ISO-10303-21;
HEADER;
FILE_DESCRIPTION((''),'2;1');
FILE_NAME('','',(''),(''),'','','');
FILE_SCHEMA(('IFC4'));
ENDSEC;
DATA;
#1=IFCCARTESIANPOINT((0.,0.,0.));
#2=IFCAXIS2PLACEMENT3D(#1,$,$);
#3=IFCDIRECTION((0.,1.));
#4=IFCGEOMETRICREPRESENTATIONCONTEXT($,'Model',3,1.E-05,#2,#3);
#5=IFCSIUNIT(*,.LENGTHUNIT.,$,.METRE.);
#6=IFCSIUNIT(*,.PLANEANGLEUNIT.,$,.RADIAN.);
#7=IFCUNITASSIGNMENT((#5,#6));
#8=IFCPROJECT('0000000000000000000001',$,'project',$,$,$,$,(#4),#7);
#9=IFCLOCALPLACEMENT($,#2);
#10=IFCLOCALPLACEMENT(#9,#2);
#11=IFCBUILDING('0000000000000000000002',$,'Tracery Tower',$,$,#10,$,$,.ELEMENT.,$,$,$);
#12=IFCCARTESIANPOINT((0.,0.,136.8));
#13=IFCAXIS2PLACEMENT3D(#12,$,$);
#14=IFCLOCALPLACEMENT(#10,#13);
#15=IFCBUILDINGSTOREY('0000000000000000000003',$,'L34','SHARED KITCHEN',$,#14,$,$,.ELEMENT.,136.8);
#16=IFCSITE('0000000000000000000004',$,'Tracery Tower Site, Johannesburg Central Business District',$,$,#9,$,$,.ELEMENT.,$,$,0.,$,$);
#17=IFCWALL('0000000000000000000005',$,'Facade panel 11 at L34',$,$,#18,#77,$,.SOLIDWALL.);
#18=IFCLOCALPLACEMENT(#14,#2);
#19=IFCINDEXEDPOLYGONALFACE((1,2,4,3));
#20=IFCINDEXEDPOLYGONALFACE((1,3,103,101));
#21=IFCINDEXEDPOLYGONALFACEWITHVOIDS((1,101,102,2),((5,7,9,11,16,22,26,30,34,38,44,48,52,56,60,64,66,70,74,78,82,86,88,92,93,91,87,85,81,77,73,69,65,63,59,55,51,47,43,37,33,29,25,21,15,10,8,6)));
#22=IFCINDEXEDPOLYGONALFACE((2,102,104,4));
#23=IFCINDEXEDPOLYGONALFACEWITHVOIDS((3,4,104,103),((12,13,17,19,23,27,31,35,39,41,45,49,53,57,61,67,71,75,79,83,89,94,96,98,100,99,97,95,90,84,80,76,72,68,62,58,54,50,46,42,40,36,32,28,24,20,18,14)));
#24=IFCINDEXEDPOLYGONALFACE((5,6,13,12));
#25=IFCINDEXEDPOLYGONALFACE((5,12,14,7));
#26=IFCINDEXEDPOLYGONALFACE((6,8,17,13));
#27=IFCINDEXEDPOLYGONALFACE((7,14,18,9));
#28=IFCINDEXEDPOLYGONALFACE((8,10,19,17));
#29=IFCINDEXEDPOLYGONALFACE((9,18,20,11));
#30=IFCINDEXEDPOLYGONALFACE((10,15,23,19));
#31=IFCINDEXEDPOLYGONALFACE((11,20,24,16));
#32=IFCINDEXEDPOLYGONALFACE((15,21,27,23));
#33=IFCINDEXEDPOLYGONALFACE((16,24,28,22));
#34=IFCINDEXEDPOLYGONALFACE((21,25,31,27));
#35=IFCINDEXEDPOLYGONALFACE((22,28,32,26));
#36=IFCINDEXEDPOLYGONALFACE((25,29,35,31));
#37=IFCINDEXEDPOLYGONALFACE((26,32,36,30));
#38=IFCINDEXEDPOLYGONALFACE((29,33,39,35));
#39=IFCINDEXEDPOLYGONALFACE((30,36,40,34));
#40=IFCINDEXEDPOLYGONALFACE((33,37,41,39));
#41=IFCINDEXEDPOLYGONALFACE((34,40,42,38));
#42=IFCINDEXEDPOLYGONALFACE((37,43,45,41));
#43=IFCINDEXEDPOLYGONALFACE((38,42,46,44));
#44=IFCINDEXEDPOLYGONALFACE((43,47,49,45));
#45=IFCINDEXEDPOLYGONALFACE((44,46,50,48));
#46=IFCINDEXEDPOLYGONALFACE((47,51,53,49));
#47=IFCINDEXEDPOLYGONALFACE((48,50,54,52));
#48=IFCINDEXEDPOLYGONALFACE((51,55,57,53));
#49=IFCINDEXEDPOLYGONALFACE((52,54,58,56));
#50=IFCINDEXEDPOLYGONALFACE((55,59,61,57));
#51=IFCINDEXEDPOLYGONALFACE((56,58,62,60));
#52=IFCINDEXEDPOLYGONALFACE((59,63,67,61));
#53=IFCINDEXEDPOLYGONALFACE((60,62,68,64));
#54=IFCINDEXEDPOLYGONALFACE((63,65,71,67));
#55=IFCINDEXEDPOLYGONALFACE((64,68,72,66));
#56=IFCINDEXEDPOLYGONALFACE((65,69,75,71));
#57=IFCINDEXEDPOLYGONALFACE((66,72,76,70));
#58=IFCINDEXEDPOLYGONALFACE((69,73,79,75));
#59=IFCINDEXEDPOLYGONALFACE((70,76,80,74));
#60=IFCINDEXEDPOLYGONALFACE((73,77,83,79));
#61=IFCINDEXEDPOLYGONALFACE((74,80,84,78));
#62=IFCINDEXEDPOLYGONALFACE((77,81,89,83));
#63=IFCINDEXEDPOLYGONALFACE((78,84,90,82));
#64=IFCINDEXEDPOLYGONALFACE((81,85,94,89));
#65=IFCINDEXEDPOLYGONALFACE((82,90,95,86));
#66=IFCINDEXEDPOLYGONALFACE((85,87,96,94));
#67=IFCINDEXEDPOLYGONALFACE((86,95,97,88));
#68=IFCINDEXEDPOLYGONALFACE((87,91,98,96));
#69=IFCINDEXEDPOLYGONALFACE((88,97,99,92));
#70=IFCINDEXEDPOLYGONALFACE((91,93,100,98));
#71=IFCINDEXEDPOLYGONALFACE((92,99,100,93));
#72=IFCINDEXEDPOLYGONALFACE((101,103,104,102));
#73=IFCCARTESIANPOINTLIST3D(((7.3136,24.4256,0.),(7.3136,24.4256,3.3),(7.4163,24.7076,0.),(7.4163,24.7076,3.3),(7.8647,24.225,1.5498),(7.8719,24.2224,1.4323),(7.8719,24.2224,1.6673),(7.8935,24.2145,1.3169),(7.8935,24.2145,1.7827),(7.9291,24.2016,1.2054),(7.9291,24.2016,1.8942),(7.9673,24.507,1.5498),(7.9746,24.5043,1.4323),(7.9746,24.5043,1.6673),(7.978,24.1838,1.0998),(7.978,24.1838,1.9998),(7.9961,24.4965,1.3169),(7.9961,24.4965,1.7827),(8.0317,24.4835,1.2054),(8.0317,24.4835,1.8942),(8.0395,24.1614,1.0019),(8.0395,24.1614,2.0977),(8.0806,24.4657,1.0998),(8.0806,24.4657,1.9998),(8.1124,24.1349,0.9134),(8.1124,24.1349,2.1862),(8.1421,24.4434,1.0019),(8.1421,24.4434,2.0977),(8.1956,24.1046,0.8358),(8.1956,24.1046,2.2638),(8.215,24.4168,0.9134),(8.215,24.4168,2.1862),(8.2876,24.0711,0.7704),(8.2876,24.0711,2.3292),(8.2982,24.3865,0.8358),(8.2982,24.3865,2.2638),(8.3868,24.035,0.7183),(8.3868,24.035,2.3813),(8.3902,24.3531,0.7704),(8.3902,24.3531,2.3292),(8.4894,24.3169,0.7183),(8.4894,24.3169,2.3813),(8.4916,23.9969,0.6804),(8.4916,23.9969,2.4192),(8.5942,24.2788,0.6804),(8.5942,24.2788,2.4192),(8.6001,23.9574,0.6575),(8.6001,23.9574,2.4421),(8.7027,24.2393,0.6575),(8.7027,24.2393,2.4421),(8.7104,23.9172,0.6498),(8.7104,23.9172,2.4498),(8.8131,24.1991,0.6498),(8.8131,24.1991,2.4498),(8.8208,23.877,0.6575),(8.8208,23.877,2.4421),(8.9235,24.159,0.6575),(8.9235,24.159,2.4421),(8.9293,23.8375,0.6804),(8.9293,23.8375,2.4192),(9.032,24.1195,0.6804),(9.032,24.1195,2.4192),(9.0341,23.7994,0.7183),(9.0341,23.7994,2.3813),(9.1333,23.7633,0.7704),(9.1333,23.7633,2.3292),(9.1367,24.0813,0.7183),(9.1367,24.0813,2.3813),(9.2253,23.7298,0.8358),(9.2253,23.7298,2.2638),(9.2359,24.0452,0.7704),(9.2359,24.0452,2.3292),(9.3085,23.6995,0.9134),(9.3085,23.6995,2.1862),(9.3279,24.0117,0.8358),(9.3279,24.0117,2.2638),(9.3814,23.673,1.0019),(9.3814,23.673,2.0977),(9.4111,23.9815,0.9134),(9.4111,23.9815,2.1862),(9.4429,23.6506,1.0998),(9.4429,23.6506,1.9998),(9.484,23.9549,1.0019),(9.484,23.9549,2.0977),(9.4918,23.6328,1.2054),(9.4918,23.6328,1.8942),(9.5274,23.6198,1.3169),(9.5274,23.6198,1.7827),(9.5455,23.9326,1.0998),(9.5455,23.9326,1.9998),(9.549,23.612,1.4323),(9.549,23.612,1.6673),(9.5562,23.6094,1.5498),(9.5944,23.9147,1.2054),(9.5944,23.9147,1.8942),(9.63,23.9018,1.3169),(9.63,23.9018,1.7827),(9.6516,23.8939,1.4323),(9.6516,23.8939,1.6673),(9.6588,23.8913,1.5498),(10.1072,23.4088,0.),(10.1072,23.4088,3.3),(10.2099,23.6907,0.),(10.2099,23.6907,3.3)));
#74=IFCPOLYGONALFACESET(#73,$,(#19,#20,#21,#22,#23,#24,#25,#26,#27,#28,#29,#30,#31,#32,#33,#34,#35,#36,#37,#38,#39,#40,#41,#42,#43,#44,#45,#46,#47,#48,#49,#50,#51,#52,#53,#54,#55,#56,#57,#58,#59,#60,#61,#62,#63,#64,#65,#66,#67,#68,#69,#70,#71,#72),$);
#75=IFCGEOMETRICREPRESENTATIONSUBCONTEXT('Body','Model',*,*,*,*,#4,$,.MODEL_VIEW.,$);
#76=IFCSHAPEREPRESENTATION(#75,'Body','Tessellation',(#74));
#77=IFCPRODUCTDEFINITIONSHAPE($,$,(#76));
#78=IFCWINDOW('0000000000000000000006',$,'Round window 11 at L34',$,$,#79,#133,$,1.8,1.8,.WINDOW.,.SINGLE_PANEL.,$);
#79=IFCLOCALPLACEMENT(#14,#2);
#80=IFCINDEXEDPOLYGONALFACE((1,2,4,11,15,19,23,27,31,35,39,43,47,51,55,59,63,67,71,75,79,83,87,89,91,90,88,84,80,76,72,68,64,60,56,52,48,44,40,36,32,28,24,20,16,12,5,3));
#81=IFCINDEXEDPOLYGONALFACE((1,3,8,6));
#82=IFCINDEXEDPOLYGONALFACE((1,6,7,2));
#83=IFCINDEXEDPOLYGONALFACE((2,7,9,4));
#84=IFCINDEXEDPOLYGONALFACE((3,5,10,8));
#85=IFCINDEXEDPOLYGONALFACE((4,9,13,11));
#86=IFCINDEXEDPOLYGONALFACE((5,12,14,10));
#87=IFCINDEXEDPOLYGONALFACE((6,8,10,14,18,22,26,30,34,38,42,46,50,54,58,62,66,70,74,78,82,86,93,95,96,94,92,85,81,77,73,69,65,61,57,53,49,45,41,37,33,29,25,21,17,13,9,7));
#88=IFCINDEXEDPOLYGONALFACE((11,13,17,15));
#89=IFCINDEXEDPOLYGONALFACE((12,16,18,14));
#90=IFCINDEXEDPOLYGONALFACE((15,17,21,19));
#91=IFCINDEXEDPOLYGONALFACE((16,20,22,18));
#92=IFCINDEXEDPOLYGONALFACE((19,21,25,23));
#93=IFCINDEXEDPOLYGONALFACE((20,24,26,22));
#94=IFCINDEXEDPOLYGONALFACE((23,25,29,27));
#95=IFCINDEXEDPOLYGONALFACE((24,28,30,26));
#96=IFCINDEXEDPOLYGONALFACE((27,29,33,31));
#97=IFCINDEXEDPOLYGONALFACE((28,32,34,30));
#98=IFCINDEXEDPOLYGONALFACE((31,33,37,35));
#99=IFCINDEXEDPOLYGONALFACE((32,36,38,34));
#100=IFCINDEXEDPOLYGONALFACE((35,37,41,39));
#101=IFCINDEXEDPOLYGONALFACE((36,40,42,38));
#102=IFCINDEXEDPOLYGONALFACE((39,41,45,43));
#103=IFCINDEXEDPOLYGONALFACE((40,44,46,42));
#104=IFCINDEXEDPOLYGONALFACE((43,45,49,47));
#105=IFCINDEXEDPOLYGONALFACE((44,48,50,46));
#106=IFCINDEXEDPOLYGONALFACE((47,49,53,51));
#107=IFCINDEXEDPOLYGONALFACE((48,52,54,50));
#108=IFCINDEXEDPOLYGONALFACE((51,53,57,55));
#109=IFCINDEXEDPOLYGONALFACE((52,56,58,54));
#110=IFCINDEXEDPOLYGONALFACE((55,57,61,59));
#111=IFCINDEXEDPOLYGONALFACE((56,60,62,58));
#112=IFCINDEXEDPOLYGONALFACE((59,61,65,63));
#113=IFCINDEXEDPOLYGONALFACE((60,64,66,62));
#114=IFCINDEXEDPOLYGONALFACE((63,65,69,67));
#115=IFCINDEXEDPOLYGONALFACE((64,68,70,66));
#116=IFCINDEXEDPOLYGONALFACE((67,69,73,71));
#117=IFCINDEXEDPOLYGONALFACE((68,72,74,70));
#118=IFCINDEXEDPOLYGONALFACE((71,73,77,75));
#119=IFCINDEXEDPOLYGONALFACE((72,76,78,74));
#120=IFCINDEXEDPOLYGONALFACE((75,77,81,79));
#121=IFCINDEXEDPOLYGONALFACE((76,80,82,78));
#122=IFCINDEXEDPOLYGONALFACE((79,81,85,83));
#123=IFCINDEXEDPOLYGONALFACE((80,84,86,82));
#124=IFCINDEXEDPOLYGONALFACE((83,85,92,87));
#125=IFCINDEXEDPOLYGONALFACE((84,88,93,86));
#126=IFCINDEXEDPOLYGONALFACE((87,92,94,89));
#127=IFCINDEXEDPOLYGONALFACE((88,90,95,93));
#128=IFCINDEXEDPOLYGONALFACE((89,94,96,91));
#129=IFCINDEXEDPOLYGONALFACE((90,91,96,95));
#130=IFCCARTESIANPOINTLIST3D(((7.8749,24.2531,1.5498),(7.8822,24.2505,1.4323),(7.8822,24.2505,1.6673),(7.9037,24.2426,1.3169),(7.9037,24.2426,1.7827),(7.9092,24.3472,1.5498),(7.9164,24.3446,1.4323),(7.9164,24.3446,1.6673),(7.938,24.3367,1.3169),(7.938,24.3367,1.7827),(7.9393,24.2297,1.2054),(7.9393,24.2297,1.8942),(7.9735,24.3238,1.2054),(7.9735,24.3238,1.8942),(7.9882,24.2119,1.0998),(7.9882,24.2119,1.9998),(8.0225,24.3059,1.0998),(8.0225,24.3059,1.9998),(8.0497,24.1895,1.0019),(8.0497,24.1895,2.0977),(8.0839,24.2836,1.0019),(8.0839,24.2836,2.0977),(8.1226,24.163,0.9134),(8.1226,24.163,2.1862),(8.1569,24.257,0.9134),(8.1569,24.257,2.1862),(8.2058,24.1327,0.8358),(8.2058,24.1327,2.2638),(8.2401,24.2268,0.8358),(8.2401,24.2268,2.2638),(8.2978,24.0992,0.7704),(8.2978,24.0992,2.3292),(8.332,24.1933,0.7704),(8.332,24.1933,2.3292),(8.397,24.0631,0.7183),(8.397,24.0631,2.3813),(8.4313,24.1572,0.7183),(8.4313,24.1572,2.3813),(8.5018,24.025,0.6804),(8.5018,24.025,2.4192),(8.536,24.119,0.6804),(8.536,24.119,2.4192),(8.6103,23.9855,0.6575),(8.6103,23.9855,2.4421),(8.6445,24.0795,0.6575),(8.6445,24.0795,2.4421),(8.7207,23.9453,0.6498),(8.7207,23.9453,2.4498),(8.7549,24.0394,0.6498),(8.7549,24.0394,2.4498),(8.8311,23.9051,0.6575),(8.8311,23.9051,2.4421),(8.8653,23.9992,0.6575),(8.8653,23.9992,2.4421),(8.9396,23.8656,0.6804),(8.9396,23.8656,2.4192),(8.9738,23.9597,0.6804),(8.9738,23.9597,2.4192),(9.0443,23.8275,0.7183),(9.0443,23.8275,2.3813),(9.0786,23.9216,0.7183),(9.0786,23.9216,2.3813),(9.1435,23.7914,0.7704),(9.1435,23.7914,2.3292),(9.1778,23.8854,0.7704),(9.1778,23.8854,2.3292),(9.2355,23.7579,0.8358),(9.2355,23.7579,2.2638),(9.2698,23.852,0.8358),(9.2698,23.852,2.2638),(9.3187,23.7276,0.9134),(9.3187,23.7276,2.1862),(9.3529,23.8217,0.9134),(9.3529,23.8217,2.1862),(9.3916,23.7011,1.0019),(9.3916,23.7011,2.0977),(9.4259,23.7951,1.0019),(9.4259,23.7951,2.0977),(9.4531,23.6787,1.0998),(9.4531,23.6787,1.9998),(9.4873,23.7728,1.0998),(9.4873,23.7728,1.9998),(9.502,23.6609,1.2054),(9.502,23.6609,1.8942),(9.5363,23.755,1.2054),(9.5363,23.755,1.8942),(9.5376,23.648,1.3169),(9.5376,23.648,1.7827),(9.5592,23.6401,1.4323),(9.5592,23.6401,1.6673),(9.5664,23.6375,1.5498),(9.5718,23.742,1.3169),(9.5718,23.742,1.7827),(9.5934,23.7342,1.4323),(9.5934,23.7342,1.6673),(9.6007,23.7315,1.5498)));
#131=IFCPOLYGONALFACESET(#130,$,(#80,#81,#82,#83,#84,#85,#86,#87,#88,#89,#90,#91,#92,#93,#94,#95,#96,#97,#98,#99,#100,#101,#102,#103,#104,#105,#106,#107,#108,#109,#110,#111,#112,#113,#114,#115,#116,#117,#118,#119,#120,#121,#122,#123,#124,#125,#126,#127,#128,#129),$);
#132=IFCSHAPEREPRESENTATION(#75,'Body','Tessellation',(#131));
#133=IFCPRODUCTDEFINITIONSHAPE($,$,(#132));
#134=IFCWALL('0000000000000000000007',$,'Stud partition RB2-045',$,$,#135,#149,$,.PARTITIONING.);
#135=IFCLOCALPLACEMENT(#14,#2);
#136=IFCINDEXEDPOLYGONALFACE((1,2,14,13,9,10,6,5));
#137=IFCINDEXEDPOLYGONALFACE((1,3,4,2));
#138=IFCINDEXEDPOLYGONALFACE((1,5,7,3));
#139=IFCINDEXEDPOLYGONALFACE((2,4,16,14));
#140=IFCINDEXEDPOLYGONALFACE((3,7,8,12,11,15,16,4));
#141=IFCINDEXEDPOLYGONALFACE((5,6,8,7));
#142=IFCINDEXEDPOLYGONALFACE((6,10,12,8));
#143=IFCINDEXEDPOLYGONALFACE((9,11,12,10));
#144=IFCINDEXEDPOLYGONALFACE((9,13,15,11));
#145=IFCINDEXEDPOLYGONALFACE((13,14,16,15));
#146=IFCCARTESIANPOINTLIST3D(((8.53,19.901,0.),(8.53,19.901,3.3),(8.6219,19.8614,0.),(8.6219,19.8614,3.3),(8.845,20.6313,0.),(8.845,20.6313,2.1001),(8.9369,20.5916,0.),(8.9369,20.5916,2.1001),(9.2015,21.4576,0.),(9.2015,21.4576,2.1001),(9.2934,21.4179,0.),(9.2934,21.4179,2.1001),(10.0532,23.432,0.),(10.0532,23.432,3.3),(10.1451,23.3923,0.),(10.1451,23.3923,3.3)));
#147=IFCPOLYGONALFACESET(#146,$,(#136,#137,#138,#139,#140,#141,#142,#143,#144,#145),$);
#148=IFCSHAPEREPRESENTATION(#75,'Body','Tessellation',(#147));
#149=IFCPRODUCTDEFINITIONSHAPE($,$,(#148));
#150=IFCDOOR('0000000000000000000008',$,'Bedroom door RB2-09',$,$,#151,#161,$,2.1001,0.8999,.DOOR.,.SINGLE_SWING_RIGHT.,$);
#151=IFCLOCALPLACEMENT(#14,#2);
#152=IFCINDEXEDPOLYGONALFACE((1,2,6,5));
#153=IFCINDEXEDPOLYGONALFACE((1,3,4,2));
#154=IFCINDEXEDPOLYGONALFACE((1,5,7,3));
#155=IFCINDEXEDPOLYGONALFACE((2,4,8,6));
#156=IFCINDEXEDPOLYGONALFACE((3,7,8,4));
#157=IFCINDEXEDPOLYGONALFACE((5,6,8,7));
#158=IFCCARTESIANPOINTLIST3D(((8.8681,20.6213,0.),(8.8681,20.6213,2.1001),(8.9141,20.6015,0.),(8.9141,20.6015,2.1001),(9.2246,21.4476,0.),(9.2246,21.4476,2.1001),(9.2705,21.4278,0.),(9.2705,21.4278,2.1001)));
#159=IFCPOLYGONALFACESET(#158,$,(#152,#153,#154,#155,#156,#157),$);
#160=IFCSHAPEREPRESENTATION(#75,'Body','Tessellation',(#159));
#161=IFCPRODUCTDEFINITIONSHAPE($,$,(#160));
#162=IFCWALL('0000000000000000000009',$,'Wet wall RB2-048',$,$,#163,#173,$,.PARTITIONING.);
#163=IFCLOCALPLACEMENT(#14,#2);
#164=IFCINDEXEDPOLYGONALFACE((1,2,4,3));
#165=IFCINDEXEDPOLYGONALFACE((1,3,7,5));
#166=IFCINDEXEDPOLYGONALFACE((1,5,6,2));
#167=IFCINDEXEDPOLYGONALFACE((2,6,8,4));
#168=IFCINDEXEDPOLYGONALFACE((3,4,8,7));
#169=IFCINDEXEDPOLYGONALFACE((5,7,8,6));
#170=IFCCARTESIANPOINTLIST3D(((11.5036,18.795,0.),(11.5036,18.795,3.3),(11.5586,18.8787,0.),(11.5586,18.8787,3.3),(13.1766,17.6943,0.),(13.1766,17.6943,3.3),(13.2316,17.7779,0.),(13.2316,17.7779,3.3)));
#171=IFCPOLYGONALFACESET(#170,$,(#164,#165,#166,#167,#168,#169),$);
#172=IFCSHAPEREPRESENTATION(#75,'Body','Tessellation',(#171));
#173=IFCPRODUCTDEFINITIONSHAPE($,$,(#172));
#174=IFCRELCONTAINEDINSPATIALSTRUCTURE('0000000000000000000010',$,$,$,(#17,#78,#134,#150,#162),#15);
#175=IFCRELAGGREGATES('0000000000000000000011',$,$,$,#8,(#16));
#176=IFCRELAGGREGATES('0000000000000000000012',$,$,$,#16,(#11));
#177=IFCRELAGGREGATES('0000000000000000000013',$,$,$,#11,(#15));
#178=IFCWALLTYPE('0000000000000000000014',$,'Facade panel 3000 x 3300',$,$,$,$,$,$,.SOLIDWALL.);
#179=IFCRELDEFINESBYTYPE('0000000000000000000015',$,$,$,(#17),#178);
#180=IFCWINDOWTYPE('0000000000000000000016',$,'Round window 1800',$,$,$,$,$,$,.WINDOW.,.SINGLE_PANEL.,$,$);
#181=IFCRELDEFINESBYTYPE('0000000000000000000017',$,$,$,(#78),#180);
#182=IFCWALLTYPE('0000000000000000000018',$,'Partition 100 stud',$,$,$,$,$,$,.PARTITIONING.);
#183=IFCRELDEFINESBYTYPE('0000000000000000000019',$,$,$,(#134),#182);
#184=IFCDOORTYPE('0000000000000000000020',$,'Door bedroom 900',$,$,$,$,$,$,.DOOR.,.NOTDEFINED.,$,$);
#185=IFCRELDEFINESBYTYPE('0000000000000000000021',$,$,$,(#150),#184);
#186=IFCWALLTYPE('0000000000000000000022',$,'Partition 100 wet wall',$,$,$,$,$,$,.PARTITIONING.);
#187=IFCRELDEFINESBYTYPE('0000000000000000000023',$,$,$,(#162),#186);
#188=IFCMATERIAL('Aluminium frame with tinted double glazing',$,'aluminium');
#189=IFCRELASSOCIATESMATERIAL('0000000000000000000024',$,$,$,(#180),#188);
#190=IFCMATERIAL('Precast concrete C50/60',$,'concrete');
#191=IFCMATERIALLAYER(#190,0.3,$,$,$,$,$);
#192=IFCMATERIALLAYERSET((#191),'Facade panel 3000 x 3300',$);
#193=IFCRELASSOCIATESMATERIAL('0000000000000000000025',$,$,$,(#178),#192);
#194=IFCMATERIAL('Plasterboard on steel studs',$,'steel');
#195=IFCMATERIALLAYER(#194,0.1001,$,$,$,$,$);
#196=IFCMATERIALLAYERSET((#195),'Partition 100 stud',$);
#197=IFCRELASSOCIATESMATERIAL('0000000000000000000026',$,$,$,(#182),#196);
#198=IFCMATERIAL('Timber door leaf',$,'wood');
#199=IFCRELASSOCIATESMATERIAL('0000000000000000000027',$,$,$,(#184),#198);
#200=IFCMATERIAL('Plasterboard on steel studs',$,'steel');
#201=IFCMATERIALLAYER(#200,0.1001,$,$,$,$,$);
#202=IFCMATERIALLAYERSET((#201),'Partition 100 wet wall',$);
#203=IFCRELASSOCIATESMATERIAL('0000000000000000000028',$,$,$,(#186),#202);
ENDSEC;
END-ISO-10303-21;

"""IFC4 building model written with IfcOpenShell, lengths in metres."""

from ifc_helpers import new_model, si_unit, direction, frame, frame_2d, origin, origin_2d, place, context, subcontext, project, spatial, rectangle, circle, extrude, material, layer, layer_set, type_object, element, fill, save


model = new_model("IFC4")

# Units and contexts
model_context = context("Model", 3, precision=1e-05, world=origin(), true_north=direction((0.0, 1.0)))
body_context = subcontext(model_context, "Body", "Model", "MODEL_VIEW")
ifc_project = project(units=[si_unit("LENGTHUNIT", "METRE"), si_unit("PLANEANGLEUNIT", "RADIAN")], contexts=[model_context])

# Site, building, storey
site_placement = place(None, origin())
site = spatial("IfcSite", under=ifc_project, at=site_placement, Name="Tracery Tower Site, Johannesburg Central Business District", CompositionType="ELEMENT", RefElevation=0.0)
building_placement = place(site_placement, origin())
building = spatial("IfcBuilding", under=site, at=building_placement, Name="Tracery Tower", CompositionType="ELEMENT")
storey_placement = place(building_placement, frame((0.0, 0.0, 136.8)))
storey = spatial("IfcBuildingStorey", under=building, at=storey_placement, Name="L34", Description="SHARED KITCHEN", CompositionType="ELEMENT", Elevation=136.8)

# Wall, opening, window
ifc_material_1 = material(Name="Aluminium frame with tinted double glazing", Category="aluminium")
window_type = type_object("IfcWindowType", Name="Round window 1800", PartitioningType="SINGLE_PANEL", PredefinedType="WINDOW", material=ifc_material_1)
ifc_material_2 = material(Name="Precast concrete C50/60", Category="concrete")
ifc_layer_1 = layer(ifc_material_2, 0.3)
ifc_layer_set_1 = layer_set([ifc_layer_1], Name="Facade panel 3000 x 3300")
wall_type_1 = type_object("IfcWallType", Name="Facade panel 3000 x 3300", PredefinedType="SOLIDWALL", material=ifc_layer_set_1)
wall_1_placement = place(storey_placement, frame((10.1584, 23.5498, 0.0), z_axis=(0.0, 0.0, 1.0), x_axis=(-0.93969, 0.342027, 0.0)))
wall_1 = element("IfcWall", 1, at=wall_1_placement, inside=storey, type_object=wall_type_1, Name="Facade panel 11 at L34", PredefinedType="SOLIDWALL", context=body_context, shape_type="SweptSolid", body=[
    extrude(rectangle(XDim=2.9729, YDim=0.3, at=frame_2d((1.4863, 0.0))), origin(), (0.0, 0.0, 1.0), 3.3),
])
opening_1_placement = place(wall_1_placement, frame((1.4863, 0.0, 1.5498)))
opening_1 = element("IfcOpeningElement", 2, at=opening_1_placement, cuts=wall_1, PredefinedType="OPENING", context=body_context, shape_type="SweptSolid", body=[
    extrude(circle(Radius=0.9, at=origin_2d()), frame((0.0, 0.1599, 0.0), z_axis=(0.0, -1.0, 0.0), x_axis=(1.0, 0.0, 0.0)), (0.0, 0.0, 1.0), 0.3201),
])
window_1_placement = place(opening_1_placement, origin())
window_1 = element("IfcWindow", 3, at=window_1_placement, inside=storey, type_object=window_type, Name="Round window 11 at L34", OverallHeight=1.8, OverallWidth=1.8, PartitioningType="SINGLE_PANEL", PredefinedType="WINDOW", context=body_context, shape_type="SweptSolid", body=[
    extrude(circle(Radius=0.9, at=origin_2d()), frame((0.0, 0.1201, 0.0), z_axis=(0.0, -1.0, 0.0), x_axis=(1.0, 0.0, 0.0)), (0.0, 0.0, 1.0), 0.1001),
])
fill(opening_1, window_1)

# Wall, opening, door
ifc_material_3 = material(Name="Plasterboard on steel studs", Category="steel")
ifc_layer_2 = layer(ifc_material_3, 0.1001)
ifc_layer_set_2 = layer_set([ifc_layer_2], Name="Partition 100 stud")
wall_type_2 = type_object("IfcWallType", Name="Partition 100 stud", PredefinedType="PARTITIONING", material=ifc_layer_set_2)
wall_2_placement = place(storey_placement, frame((8.5759, 19.8811, 0.0), z_axis=(0.0, 0.0, 1.0), x_axis=(0.396094, 0.91821, 0.0)))
wall_2 = element("IfcWall", 4, at=wall_2_placement, inside=storey, type_object=wall_type_2, Name="Stud partition RB2-045", PredefinedType="PARTITIONING", context=body_context, shape_type="SweptSolid", body=[
    extrude(rectangle(XDim=3.8455, YDim=0.1001, at=frame_2d((1.9229, 0.0))), origin(), (0.0, 0.0, 1.0), 3.3),
])
opening_2_placement = place(wall_2_placement, frame((0.7954, 0.0, 0.0)))
opening_2 = element("IfcOpeningElement", 5, at=opening_2_placement, cuts=wall_2, PredefinedType="OPENING", context=body_context, shape_type="SweptSolid", body=[
    extrude(rectangle(XDim=0.8999, YDim=2.1001, at=frame_2d((0.45, 1.05))), frame((0.0, 0.05, 0.0), z_axis=(0.0, -1.0, 0.0), x_axis=(1.0, 0.0, 0.0)), (0.0, 0.0, 1.0), 0.1001),
])
ifc_material_4 = material(Name="Timber door leaf", Category="wood")
door_type_1 = type_object("IfcDoorType", Name="Door bedroom 900", OperationType="NOTDEFINED", PredefinedType="DOOR", material=ifc_material_4)
door_1_placement = place(opening_2_placement, origin())
door_1 = element("IfcDoor", 6, at=door_1_placement, inside=storey, type_object=door_type_1, Name="Bedroom door RB2-09", OperationType="SINGLE_SWING_RIGHT", OverallHeight=2.1001, OverallWidth=0.8999, PredefinedType="DOOR", context=body_context, shape_type="SweptSolid", body=[
    extrude(rectangle(XDim=0.8999, YDim=2.1001, at=frame_2d((0.45, 1.05))), frame((0.0, 0.0249, 0.0), z_axis=(0.0, -1.0, 0.0), x_axis=(1.0, 0.0, 0.0)), (0.0, 0.0, 1.0), 0.05),
])
fill(opening_2, door_1)

# Wall
ifc_material_5 = material(Name="Plasterboard on steel studs", Category="steel")
ifc_layer_3 = layer(ifc_material_5, 0.1001)
ifc_layer_set_3 = layer_set([ifc_layer_3], Name="Partition 100 wet wall")
wall_type_3 = type_object("IfcWallType", Name="Partition 100 wet wall", PredefinedType="PARTITIONING", material=ifc_layer_set_3)
wall_3_placement = place(storey_placement, frame((11.531, 18.8369, 0.0), z_axis=(0.0, 0.0, 1.0), x_axis=(0.835392, -0.549655, 0.0)))
element("IfcWall", 7, at=wall_3_placement, inside=storey, type_object=wall_type_3, Name="Wet wall RB2-048", PredefinedType="PARTITIONING", context=body_context, shape_type="SweptSolid", body=[
    extrude(rectangle(XDim=2.0027, YDim=0.1001, at=frame_2d((1.0015, 0.0))), origin(), (0.0, 0.0, 1.0), 3.3),
])

save(model, "model.ifc")
